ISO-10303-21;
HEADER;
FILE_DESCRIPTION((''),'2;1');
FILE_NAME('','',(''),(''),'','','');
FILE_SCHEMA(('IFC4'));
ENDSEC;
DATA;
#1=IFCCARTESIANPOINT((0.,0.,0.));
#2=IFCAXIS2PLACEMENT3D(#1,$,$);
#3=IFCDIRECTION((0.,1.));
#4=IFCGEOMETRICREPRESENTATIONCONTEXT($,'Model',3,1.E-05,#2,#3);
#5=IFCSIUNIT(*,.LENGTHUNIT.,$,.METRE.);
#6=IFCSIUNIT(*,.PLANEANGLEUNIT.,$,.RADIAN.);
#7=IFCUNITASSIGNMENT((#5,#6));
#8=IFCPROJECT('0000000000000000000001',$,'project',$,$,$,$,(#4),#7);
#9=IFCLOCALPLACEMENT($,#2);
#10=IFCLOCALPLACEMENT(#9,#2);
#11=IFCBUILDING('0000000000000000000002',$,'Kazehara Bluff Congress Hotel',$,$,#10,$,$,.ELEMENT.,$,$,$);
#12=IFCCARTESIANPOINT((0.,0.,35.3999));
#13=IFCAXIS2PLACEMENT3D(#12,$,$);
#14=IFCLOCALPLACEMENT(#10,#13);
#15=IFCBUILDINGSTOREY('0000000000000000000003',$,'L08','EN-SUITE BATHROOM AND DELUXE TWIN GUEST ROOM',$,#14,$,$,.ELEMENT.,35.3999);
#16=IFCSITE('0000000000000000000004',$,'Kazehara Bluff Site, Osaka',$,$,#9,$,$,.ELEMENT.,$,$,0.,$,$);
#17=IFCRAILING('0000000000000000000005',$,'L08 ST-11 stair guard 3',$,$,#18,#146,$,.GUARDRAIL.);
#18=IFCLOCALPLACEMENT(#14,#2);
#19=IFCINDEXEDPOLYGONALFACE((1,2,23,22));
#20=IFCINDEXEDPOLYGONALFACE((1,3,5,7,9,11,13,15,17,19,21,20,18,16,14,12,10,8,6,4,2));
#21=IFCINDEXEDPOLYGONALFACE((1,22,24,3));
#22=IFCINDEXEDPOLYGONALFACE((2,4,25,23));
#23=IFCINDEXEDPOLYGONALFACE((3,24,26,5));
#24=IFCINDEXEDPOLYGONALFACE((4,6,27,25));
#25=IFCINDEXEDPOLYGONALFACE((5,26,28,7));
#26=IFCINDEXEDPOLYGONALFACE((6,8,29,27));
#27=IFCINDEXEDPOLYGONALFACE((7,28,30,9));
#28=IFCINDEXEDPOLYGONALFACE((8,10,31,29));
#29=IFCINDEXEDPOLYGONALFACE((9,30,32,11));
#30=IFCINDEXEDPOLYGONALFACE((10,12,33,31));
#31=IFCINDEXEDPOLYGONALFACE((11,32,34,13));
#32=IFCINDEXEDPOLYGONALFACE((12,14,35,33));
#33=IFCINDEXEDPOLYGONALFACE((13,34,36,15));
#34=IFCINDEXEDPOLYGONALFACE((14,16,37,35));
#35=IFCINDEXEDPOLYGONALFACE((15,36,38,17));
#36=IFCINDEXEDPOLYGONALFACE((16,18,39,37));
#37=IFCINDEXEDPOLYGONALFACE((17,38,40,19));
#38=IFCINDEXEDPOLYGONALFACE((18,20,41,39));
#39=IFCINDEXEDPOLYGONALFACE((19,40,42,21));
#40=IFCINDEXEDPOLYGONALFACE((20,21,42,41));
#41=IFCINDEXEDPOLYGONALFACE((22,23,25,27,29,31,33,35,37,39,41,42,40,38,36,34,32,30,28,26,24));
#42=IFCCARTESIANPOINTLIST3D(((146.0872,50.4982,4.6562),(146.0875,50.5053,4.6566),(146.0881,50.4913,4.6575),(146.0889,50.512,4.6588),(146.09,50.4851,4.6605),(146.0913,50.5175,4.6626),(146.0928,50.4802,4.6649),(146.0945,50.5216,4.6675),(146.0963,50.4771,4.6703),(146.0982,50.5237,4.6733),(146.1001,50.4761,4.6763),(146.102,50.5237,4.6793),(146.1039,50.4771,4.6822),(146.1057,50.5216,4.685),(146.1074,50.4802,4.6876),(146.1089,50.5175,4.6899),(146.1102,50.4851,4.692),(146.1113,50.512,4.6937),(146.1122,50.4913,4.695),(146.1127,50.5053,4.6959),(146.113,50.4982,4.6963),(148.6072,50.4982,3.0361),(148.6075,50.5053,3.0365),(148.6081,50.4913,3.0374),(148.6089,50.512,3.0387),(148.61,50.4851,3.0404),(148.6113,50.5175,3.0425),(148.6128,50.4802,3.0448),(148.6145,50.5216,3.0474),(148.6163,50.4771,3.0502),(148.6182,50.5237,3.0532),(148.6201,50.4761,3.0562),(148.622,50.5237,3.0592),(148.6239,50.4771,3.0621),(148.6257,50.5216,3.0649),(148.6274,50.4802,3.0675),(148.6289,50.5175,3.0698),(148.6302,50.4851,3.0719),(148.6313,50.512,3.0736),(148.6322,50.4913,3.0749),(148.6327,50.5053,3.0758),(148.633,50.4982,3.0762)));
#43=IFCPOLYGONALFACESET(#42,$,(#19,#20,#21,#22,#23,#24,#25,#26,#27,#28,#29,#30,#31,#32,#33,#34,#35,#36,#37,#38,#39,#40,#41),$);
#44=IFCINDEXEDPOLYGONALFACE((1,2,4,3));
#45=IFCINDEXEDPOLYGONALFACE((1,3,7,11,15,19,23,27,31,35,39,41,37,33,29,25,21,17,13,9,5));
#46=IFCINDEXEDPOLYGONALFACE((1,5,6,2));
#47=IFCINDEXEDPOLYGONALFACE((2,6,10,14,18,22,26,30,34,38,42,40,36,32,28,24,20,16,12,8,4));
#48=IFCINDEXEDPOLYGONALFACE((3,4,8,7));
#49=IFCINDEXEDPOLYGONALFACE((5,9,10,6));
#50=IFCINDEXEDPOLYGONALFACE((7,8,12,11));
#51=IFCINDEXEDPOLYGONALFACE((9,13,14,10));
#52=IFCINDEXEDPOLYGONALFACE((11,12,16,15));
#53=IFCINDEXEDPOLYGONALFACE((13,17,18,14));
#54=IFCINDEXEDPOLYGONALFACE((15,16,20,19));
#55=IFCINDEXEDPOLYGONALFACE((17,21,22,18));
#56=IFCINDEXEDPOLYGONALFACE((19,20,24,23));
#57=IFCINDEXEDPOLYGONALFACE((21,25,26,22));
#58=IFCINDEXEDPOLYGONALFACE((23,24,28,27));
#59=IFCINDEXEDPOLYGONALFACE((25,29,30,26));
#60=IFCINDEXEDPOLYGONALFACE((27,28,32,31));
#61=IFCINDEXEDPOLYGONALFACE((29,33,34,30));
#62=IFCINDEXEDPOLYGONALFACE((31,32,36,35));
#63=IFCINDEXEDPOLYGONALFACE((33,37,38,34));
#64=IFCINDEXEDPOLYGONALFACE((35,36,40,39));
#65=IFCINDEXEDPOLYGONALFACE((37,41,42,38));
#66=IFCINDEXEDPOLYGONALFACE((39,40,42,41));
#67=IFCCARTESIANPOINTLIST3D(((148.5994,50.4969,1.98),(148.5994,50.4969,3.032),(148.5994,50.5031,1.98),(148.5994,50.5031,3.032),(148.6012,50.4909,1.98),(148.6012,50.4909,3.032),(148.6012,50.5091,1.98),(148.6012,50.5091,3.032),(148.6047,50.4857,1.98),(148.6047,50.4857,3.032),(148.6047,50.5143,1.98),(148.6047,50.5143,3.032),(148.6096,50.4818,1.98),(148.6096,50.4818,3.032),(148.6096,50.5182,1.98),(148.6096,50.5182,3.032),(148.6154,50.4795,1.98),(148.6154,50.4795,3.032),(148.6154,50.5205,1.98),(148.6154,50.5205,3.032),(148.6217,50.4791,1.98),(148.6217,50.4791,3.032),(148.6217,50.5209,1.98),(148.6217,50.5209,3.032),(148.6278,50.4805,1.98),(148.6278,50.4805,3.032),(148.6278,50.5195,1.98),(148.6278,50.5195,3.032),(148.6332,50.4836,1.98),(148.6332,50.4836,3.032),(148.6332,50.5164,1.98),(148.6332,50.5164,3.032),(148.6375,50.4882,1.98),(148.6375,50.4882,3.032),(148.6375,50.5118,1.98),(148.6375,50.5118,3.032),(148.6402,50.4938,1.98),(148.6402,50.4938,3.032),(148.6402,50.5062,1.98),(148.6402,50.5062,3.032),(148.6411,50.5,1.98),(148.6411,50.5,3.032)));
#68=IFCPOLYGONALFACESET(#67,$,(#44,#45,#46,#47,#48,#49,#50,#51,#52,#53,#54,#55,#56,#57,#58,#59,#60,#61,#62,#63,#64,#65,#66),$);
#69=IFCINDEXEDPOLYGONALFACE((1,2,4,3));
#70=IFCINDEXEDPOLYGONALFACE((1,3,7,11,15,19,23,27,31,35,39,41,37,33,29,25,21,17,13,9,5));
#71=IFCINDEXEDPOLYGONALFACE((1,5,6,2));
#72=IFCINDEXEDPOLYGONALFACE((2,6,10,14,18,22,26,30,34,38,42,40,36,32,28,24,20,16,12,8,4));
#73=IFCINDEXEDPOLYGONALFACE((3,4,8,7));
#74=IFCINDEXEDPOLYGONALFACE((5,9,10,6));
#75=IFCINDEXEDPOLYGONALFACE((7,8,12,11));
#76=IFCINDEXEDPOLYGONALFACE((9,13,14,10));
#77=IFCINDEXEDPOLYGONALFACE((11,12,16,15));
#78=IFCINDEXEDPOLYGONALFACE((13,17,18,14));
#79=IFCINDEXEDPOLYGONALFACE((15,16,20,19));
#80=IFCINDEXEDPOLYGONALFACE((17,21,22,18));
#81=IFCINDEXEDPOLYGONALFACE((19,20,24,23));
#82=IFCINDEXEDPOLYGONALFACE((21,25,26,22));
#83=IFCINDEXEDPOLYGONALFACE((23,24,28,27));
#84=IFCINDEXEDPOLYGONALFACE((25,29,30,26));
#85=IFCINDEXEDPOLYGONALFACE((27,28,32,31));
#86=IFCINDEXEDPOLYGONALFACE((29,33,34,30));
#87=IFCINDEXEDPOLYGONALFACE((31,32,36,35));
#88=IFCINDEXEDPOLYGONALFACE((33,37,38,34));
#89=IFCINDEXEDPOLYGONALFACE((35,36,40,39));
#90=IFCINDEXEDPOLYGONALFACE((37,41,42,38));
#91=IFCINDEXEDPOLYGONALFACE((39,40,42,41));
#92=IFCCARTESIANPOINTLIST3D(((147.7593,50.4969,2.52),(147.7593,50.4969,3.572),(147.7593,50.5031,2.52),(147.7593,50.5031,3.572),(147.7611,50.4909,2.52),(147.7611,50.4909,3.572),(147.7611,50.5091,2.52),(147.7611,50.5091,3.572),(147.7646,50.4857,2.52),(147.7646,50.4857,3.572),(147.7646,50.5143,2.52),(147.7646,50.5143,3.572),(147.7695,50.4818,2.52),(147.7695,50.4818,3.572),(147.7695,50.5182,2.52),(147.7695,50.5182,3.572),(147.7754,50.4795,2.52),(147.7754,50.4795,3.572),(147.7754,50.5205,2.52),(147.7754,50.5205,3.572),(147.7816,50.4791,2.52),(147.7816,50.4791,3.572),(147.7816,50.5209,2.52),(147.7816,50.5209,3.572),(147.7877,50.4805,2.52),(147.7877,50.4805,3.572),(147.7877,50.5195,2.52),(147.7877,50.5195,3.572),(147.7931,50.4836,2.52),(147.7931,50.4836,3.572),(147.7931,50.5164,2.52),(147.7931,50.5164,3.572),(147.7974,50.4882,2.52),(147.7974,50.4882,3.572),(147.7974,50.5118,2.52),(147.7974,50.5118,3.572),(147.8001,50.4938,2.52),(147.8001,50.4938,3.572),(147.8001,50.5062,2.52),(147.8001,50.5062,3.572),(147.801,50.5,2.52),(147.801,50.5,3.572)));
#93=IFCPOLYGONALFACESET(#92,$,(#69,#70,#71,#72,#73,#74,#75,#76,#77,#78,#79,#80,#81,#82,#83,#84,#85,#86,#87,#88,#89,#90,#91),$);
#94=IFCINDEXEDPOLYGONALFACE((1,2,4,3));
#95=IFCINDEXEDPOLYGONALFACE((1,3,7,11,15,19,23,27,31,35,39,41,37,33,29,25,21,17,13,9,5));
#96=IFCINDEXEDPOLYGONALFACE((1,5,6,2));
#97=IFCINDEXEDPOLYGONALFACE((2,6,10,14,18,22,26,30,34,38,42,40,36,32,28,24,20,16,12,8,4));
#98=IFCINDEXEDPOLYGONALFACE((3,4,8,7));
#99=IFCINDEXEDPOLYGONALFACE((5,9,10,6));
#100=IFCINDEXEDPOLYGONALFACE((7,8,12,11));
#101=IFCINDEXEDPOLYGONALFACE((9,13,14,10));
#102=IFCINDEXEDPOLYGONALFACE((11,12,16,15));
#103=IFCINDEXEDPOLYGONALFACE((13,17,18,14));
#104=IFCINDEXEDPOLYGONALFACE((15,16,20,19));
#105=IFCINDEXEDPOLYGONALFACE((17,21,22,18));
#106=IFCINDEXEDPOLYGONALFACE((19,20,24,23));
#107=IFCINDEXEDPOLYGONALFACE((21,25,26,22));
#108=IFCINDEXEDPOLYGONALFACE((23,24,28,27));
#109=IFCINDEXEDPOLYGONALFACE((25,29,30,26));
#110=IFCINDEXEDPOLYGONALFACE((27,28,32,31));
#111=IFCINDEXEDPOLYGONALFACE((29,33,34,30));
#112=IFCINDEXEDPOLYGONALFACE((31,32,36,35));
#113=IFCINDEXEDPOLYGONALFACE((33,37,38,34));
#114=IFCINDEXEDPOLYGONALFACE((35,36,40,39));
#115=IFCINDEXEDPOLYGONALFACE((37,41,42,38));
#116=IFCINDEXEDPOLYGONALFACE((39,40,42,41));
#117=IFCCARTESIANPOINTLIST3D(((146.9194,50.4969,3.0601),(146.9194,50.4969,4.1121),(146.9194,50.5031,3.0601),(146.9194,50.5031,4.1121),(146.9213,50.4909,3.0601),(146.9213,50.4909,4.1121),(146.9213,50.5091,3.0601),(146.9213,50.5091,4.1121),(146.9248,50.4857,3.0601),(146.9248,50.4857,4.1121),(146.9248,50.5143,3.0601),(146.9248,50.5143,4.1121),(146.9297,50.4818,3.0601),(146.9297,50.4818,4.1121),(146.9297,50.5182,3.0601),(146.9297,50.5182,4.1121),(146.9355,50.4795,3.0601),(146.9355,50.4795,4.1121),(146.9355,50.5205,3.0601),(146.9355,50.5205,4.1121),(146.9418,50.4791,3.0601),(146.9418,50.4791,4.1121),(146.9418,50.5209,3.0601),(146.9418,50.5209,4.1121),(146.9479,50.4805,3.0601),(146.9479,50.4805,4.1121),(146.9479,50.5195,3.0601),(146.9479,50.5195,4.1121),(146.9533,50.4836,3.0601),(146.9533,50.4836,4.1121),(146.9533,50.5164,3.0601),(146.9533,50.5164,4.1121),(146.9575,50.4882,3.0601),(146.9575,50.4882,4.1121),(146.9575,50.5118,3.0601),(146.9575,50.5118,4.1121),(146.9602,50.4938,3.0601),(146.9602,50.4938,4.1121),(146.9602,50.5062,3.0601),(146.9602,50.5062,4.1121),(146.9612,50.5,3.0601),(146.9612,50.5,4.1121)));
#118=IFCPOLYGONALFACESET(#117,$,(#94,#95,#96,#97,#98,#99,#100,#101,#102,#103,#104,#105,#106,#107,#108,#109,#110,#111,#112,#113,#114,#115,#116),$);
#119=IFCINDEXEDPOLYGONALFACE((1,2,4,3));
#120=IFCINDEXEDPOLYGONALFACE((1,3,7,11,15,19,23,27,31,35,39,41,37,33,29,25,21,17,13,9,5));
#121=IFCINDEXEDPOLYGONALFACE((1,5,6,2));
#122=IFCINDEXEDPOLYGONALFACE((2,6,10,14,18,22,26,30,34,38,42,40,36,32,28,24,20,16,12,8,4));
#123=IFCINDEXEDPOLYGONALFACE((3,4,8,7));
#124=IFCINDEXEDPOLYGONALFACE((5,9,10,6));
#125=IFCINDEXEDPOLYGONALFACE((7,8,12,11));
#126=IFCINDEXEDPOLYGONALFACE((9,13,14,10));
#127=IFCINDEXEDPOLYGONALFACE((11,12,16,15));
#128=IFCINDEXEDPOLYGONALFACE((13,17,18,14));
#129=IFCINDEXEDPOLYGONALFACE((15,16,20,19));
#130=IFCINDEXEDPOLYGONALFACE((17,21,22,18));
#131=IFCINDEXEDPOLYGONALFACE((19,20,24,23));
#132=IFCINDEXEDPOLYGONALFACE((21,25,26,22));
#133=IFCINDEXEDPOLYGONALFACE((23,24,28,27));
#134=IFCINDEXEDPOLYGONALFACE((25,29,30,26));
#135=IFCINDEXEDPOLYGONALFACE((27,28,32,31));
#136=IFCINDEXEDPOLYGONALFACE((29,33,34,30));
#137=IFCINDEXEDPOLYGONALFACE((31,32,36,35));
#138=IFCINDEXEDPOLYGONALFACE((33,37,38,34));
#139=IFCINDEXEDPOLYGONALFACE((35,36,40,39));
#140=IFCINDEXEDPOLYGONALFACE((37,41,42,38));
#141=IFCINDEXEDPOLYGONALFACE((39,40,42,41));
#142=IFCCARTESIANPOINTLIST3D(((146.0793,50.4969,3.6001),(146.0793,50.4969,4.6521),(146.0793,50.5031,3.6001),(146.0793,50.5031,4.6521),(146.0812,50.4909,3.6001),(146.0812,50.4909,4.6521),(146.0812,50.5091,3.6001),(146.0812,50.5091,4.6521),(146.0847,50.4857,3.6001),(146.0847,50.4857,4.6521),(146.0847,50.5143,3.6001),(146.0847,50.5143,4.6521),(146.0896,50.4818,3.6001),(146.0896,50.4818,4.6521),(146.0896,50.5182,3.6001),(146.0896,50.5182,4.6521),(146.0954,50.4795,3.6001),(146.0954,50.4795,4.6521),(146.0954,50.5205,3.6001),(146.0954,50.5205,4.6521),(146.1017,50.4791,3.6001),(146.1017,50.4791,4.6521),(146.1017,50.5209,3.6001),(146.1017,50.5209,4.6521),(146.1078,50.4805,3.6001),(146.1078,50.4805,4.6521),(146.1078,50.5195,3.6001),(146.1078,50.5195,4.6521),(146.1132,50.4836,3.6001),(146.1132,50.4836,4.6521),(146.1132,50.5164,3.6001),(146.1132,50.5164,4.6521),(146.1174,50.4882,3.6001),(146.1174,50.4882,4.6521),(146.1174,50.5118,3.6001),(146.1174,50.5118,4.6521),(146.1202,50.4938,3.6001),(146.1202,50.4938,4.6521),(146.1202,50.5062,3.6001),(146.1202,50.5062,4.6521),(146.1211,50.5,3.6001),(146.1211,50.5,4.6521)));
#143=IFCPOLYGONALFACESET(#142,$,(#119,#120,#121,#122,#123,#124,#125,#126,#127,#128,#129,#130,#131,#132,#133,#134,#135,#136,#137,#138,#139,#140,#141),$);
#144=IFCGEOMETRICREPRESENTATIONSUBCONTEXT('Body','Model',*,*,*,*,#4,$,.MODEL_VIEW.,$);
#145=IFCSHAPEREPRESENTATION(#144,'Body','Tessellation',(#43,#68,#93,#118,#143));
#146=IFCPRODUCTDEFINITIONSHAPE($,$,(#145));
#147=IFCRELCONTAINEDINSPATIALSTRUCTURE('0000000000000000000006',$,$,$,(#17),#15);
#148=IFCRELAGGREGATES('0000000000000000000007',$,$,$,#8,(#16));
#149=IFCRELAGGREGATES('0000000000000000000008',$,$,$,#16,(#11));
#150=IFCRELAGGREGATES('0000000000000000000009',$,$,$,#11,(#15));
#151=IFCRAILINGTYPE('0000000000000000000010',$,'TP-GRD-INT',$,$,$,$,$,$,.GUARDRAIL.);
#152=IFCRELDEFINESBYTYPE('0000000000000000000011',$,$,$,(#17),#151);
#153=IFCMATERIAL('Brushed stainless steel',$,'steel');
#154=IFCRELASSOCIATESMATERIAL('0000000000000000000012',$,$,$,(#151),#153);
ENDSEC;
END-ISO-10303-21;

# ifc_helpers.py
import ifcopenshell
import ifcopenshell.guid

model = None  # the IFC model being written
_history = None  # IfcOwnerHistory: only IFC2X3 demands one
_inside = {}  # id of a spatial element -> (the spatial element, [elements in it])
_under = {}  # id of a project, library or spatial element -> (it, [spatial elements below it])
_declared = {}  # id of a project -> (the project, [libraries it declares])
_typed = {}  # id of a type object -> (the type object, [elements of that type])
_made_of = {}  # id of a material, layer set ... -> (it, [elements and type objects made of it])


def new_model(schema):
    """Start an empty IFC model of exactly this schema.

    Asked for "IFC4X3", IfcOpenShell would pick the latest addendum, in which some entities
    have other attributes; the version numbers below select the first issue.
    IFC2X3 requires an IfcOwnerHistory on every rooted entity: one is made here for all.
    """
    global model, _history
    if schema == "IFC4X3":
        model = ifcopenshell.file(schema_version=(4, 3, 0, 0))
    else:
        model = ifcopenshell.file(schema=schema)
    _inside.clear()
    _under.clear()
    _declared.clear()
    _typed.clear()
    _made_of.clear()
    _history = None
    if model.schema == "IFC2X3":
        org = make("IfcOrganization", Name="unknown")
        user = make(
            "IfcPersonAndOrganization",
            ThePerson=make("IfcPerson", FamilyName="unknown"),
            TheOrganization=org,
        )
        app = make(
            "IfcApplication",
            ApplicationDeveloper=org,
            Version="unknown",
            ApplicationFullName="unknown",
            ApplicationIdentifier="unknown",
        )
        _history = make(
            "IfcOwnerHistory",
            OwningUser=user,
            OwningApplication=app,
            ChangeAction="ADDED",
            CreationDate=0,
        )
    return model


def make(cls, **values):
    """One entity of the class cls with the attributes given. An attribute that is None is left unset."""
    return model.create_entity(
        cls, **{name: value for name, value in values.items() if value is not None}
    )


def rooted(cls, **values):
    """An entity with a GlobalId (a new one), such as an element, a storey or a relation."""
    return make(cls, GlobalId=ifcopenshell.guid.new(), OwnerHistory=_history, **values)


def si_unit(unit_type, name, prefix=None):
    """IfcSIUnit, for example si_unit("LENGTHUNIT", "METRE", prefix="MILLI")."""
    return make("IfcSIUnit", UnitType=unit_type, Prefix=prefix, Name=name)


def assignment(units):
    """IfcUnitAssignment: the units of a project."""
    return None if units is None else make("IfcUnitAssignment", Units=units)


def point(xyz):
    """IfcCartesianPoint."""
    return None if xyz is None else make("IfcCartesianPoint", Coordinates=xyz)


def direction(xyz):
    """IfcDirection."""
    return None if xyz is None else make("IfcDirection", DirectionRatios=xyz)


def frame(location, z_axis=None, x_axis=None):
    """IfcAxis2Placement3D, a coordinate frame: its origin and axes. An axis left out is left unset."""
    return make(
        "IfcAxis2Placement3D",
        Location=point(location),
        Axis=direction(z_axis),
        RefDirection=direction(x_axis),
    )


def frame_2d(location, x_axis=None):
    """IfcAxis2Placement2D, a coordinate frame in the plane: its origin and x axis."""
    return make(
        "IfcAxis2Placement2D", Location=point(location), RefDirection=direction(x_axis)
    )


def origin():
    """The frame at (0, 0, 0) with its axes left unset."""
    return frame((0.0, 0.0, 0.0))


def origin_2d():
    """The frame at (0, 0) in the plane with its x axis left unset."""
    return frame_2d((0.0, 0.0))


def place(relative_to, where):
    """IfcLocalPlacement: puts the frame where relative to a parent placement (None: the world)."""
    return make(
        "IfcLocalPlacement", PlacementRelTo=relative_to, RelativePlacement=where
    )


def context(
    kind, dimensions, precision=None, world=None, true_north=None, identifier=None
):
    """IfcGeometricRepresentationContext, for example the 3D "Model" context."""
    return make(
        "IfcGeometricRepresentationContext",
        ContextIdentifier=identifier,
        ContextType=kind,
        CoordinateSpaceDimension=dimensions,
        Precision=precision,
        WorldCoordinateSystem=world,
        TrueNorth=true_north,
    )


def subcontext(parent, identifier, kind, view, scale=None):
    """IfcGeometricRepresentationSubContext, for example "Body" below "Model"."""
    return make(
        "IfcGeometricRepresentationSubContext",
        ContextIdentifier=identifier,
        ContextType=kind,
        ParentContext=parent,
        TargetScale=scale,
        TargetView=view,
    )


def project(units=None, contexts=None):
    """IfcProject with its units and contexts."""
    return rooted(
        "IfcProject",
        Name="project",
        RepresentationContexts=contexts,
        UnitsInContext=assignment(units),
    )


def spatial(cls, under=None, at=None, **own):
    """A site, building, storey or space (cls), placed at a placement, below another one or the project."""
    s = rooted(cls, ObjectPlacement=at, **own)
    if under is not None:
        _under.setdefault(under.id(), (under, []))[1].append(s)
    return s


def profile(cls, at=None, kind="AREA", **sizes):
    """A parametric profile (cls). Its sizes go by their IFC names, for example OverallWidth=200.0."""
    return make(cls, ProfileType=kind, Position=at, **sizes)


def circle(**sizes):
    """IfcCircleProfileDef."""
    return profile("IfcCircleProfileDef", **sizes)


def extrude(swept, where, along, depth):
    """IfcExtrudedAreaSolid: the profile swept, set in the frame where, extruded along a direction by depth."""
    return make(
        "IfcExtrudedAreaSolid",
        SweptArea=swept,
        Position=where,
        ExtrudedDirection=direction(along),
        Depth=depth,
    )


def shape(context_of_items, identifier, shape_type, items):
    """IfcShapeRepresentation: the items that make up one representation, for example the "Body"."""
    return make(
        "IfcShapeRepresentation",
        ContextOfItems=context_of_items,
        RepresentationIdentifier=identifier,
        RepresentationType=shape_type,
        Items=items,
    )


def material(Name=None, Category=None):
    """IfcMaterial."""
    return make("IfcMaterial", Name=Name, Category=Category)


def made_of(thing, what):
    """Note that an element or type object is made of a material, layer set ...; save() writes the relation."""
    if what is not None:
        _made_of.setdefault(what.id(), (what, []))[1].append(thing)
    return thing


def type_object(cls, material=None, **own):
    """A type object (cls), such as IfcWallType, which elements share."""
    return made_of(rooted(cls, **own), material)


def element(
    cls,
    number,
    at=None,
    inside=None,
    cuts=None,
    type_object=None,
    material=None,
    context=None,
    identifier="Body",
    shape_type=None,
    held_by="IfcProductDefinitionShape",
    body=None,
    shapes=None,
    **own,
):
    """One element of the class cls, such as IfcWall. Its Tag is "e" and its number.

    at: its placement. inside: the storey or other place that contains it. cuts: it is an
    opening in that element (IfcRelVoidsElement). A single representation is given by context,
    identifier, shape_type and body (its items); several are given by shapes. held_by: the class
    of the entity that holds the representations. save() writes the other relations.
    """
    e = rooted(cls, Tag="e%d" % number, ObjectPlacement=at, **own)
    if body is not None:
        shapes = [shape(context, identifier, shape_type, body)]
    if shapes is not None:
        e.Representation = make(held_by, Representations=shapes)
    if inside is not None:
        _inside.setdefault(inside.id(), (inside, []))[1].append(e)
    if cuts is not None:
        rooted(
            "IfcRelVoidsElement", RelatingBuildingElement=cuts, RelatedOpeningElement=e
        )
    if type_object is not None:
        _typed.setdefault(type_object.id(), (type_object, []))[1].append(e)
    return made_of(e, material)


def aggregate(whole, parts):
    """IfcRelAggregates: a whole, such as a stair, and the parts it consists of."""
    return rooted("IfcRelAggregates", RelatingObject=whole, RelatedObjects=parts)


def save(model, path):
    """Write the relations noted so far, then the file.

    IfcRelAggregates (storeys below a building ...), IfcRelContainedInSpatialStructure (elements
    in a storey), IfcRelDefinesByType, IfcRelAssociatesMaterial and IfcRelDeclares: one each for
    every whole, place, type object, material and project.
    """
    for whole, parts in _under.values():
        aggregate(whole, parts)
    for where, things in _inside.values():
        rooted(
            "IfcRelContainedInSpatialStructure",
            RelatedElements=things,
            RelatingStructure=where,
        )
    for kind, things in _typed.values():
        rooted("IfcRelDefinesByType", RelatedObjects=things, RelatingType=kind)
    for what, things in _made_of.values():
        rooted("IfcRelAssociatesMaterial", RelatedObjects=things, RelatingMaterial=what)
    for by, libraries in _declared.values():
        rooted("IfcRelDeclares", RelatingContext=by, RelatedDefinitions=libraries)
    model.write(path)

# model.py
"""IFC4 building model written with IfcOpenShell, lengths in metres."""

from ifc_helpers import new_model, si_unit, direction, frame, origin, origin_2d, place, context, subcontext, project, spatial, circle, extrude, material, type_object, element, save


model = new_model("IFC4")

# Units and contexts
model_context = context("Model", 3, precision=1e-05, world=origin(), true_north=direction((0.0, 1.0)))
body_context = subcontext(model_context, "Body", "Model", "MODEL_VIEW")
ifc_project = project(units=[si_unit("LENGTHUNIT", "METRE"), si_unit("PLANEANGLEUNIT", "RADIAN")], contexts=[model_context])

# Site, building, storey
site_placement = place(None, origin())
site = spatial("IfcSite", under=ifc_project, at=site_placement, Name="Kazehara Bluff Site, Osaka", CompositionType="ELEMENT", RefElevation=0.0)
building_placement = place(site_placement, origin())
building = spatial("IfcBuilding", under=site, at=building_placement, Name="Kazehara Bluff Congress Hotel", CompositionType="ELEMENT")
storey_placement = place(building_placement, frame((0.0, 0.0, 35.3999)))
storey = spatial("IfcBuildingStorey", under=building, at=storey_placement, Name="L08", Description="EN-SUITE BATHROOM AND DELUXE TWIN GUEST ROOM", CompositionType="ELEMENT", Elevation=35.3999)

# Railing
ifc_material_1 = material(Name="Brushed stainless steel", Category="steel")
railing_type_1 = type_object("IfcRailingType", Name="TP-GRD-INT", PredefinedType="GUARDRAIL", material=ifc_material_1)
railing_1_placement = place(storey_placement, frame((148.6201, 50.5, 1.98)))
element("IfcRailing", 1, at=railing_1_placement, inside=storey, type_object=railing_type_1, Name="L08 ST-11 stair guard 3", PredefinedType="GUARDRAIL", context=body_context, shape_type="SweptSolid", body=[
    extrude(circle(Radius=0.0239, at=origin_2d()), frame((0.0, 0.0, 1.0762), z_axis=(-0.841163, 0.0, 0.540782), x_axis=(0.0, -1.0, 0.0)), (0.0, 0.0, 1.0), 2.9958),
    extrude(circle(Radius=0.021, at=origin_2d()), origin(), (0.0, 0.0, 1.0), 1.052),
    extrude(circle(Radius=0.021, at=origin_2d()), frame((-0.8401, 0.0, 0.54)), (0.0, 0.0, 1.0), 1.052),
    extrude(circle(Radius=0.021, at=origin_2d()), frame((-1.6799, 0.0, 1.0801)), (0.0, 0.0, 1.0), 1.052),
    extrude(circle(Radius=0.021, at=origin_2d()), frame((-2.52, 0.0, 1.6201)), (0.0, 0.0, 1.0), 1.052),
])

save(model, "model.ifc")
